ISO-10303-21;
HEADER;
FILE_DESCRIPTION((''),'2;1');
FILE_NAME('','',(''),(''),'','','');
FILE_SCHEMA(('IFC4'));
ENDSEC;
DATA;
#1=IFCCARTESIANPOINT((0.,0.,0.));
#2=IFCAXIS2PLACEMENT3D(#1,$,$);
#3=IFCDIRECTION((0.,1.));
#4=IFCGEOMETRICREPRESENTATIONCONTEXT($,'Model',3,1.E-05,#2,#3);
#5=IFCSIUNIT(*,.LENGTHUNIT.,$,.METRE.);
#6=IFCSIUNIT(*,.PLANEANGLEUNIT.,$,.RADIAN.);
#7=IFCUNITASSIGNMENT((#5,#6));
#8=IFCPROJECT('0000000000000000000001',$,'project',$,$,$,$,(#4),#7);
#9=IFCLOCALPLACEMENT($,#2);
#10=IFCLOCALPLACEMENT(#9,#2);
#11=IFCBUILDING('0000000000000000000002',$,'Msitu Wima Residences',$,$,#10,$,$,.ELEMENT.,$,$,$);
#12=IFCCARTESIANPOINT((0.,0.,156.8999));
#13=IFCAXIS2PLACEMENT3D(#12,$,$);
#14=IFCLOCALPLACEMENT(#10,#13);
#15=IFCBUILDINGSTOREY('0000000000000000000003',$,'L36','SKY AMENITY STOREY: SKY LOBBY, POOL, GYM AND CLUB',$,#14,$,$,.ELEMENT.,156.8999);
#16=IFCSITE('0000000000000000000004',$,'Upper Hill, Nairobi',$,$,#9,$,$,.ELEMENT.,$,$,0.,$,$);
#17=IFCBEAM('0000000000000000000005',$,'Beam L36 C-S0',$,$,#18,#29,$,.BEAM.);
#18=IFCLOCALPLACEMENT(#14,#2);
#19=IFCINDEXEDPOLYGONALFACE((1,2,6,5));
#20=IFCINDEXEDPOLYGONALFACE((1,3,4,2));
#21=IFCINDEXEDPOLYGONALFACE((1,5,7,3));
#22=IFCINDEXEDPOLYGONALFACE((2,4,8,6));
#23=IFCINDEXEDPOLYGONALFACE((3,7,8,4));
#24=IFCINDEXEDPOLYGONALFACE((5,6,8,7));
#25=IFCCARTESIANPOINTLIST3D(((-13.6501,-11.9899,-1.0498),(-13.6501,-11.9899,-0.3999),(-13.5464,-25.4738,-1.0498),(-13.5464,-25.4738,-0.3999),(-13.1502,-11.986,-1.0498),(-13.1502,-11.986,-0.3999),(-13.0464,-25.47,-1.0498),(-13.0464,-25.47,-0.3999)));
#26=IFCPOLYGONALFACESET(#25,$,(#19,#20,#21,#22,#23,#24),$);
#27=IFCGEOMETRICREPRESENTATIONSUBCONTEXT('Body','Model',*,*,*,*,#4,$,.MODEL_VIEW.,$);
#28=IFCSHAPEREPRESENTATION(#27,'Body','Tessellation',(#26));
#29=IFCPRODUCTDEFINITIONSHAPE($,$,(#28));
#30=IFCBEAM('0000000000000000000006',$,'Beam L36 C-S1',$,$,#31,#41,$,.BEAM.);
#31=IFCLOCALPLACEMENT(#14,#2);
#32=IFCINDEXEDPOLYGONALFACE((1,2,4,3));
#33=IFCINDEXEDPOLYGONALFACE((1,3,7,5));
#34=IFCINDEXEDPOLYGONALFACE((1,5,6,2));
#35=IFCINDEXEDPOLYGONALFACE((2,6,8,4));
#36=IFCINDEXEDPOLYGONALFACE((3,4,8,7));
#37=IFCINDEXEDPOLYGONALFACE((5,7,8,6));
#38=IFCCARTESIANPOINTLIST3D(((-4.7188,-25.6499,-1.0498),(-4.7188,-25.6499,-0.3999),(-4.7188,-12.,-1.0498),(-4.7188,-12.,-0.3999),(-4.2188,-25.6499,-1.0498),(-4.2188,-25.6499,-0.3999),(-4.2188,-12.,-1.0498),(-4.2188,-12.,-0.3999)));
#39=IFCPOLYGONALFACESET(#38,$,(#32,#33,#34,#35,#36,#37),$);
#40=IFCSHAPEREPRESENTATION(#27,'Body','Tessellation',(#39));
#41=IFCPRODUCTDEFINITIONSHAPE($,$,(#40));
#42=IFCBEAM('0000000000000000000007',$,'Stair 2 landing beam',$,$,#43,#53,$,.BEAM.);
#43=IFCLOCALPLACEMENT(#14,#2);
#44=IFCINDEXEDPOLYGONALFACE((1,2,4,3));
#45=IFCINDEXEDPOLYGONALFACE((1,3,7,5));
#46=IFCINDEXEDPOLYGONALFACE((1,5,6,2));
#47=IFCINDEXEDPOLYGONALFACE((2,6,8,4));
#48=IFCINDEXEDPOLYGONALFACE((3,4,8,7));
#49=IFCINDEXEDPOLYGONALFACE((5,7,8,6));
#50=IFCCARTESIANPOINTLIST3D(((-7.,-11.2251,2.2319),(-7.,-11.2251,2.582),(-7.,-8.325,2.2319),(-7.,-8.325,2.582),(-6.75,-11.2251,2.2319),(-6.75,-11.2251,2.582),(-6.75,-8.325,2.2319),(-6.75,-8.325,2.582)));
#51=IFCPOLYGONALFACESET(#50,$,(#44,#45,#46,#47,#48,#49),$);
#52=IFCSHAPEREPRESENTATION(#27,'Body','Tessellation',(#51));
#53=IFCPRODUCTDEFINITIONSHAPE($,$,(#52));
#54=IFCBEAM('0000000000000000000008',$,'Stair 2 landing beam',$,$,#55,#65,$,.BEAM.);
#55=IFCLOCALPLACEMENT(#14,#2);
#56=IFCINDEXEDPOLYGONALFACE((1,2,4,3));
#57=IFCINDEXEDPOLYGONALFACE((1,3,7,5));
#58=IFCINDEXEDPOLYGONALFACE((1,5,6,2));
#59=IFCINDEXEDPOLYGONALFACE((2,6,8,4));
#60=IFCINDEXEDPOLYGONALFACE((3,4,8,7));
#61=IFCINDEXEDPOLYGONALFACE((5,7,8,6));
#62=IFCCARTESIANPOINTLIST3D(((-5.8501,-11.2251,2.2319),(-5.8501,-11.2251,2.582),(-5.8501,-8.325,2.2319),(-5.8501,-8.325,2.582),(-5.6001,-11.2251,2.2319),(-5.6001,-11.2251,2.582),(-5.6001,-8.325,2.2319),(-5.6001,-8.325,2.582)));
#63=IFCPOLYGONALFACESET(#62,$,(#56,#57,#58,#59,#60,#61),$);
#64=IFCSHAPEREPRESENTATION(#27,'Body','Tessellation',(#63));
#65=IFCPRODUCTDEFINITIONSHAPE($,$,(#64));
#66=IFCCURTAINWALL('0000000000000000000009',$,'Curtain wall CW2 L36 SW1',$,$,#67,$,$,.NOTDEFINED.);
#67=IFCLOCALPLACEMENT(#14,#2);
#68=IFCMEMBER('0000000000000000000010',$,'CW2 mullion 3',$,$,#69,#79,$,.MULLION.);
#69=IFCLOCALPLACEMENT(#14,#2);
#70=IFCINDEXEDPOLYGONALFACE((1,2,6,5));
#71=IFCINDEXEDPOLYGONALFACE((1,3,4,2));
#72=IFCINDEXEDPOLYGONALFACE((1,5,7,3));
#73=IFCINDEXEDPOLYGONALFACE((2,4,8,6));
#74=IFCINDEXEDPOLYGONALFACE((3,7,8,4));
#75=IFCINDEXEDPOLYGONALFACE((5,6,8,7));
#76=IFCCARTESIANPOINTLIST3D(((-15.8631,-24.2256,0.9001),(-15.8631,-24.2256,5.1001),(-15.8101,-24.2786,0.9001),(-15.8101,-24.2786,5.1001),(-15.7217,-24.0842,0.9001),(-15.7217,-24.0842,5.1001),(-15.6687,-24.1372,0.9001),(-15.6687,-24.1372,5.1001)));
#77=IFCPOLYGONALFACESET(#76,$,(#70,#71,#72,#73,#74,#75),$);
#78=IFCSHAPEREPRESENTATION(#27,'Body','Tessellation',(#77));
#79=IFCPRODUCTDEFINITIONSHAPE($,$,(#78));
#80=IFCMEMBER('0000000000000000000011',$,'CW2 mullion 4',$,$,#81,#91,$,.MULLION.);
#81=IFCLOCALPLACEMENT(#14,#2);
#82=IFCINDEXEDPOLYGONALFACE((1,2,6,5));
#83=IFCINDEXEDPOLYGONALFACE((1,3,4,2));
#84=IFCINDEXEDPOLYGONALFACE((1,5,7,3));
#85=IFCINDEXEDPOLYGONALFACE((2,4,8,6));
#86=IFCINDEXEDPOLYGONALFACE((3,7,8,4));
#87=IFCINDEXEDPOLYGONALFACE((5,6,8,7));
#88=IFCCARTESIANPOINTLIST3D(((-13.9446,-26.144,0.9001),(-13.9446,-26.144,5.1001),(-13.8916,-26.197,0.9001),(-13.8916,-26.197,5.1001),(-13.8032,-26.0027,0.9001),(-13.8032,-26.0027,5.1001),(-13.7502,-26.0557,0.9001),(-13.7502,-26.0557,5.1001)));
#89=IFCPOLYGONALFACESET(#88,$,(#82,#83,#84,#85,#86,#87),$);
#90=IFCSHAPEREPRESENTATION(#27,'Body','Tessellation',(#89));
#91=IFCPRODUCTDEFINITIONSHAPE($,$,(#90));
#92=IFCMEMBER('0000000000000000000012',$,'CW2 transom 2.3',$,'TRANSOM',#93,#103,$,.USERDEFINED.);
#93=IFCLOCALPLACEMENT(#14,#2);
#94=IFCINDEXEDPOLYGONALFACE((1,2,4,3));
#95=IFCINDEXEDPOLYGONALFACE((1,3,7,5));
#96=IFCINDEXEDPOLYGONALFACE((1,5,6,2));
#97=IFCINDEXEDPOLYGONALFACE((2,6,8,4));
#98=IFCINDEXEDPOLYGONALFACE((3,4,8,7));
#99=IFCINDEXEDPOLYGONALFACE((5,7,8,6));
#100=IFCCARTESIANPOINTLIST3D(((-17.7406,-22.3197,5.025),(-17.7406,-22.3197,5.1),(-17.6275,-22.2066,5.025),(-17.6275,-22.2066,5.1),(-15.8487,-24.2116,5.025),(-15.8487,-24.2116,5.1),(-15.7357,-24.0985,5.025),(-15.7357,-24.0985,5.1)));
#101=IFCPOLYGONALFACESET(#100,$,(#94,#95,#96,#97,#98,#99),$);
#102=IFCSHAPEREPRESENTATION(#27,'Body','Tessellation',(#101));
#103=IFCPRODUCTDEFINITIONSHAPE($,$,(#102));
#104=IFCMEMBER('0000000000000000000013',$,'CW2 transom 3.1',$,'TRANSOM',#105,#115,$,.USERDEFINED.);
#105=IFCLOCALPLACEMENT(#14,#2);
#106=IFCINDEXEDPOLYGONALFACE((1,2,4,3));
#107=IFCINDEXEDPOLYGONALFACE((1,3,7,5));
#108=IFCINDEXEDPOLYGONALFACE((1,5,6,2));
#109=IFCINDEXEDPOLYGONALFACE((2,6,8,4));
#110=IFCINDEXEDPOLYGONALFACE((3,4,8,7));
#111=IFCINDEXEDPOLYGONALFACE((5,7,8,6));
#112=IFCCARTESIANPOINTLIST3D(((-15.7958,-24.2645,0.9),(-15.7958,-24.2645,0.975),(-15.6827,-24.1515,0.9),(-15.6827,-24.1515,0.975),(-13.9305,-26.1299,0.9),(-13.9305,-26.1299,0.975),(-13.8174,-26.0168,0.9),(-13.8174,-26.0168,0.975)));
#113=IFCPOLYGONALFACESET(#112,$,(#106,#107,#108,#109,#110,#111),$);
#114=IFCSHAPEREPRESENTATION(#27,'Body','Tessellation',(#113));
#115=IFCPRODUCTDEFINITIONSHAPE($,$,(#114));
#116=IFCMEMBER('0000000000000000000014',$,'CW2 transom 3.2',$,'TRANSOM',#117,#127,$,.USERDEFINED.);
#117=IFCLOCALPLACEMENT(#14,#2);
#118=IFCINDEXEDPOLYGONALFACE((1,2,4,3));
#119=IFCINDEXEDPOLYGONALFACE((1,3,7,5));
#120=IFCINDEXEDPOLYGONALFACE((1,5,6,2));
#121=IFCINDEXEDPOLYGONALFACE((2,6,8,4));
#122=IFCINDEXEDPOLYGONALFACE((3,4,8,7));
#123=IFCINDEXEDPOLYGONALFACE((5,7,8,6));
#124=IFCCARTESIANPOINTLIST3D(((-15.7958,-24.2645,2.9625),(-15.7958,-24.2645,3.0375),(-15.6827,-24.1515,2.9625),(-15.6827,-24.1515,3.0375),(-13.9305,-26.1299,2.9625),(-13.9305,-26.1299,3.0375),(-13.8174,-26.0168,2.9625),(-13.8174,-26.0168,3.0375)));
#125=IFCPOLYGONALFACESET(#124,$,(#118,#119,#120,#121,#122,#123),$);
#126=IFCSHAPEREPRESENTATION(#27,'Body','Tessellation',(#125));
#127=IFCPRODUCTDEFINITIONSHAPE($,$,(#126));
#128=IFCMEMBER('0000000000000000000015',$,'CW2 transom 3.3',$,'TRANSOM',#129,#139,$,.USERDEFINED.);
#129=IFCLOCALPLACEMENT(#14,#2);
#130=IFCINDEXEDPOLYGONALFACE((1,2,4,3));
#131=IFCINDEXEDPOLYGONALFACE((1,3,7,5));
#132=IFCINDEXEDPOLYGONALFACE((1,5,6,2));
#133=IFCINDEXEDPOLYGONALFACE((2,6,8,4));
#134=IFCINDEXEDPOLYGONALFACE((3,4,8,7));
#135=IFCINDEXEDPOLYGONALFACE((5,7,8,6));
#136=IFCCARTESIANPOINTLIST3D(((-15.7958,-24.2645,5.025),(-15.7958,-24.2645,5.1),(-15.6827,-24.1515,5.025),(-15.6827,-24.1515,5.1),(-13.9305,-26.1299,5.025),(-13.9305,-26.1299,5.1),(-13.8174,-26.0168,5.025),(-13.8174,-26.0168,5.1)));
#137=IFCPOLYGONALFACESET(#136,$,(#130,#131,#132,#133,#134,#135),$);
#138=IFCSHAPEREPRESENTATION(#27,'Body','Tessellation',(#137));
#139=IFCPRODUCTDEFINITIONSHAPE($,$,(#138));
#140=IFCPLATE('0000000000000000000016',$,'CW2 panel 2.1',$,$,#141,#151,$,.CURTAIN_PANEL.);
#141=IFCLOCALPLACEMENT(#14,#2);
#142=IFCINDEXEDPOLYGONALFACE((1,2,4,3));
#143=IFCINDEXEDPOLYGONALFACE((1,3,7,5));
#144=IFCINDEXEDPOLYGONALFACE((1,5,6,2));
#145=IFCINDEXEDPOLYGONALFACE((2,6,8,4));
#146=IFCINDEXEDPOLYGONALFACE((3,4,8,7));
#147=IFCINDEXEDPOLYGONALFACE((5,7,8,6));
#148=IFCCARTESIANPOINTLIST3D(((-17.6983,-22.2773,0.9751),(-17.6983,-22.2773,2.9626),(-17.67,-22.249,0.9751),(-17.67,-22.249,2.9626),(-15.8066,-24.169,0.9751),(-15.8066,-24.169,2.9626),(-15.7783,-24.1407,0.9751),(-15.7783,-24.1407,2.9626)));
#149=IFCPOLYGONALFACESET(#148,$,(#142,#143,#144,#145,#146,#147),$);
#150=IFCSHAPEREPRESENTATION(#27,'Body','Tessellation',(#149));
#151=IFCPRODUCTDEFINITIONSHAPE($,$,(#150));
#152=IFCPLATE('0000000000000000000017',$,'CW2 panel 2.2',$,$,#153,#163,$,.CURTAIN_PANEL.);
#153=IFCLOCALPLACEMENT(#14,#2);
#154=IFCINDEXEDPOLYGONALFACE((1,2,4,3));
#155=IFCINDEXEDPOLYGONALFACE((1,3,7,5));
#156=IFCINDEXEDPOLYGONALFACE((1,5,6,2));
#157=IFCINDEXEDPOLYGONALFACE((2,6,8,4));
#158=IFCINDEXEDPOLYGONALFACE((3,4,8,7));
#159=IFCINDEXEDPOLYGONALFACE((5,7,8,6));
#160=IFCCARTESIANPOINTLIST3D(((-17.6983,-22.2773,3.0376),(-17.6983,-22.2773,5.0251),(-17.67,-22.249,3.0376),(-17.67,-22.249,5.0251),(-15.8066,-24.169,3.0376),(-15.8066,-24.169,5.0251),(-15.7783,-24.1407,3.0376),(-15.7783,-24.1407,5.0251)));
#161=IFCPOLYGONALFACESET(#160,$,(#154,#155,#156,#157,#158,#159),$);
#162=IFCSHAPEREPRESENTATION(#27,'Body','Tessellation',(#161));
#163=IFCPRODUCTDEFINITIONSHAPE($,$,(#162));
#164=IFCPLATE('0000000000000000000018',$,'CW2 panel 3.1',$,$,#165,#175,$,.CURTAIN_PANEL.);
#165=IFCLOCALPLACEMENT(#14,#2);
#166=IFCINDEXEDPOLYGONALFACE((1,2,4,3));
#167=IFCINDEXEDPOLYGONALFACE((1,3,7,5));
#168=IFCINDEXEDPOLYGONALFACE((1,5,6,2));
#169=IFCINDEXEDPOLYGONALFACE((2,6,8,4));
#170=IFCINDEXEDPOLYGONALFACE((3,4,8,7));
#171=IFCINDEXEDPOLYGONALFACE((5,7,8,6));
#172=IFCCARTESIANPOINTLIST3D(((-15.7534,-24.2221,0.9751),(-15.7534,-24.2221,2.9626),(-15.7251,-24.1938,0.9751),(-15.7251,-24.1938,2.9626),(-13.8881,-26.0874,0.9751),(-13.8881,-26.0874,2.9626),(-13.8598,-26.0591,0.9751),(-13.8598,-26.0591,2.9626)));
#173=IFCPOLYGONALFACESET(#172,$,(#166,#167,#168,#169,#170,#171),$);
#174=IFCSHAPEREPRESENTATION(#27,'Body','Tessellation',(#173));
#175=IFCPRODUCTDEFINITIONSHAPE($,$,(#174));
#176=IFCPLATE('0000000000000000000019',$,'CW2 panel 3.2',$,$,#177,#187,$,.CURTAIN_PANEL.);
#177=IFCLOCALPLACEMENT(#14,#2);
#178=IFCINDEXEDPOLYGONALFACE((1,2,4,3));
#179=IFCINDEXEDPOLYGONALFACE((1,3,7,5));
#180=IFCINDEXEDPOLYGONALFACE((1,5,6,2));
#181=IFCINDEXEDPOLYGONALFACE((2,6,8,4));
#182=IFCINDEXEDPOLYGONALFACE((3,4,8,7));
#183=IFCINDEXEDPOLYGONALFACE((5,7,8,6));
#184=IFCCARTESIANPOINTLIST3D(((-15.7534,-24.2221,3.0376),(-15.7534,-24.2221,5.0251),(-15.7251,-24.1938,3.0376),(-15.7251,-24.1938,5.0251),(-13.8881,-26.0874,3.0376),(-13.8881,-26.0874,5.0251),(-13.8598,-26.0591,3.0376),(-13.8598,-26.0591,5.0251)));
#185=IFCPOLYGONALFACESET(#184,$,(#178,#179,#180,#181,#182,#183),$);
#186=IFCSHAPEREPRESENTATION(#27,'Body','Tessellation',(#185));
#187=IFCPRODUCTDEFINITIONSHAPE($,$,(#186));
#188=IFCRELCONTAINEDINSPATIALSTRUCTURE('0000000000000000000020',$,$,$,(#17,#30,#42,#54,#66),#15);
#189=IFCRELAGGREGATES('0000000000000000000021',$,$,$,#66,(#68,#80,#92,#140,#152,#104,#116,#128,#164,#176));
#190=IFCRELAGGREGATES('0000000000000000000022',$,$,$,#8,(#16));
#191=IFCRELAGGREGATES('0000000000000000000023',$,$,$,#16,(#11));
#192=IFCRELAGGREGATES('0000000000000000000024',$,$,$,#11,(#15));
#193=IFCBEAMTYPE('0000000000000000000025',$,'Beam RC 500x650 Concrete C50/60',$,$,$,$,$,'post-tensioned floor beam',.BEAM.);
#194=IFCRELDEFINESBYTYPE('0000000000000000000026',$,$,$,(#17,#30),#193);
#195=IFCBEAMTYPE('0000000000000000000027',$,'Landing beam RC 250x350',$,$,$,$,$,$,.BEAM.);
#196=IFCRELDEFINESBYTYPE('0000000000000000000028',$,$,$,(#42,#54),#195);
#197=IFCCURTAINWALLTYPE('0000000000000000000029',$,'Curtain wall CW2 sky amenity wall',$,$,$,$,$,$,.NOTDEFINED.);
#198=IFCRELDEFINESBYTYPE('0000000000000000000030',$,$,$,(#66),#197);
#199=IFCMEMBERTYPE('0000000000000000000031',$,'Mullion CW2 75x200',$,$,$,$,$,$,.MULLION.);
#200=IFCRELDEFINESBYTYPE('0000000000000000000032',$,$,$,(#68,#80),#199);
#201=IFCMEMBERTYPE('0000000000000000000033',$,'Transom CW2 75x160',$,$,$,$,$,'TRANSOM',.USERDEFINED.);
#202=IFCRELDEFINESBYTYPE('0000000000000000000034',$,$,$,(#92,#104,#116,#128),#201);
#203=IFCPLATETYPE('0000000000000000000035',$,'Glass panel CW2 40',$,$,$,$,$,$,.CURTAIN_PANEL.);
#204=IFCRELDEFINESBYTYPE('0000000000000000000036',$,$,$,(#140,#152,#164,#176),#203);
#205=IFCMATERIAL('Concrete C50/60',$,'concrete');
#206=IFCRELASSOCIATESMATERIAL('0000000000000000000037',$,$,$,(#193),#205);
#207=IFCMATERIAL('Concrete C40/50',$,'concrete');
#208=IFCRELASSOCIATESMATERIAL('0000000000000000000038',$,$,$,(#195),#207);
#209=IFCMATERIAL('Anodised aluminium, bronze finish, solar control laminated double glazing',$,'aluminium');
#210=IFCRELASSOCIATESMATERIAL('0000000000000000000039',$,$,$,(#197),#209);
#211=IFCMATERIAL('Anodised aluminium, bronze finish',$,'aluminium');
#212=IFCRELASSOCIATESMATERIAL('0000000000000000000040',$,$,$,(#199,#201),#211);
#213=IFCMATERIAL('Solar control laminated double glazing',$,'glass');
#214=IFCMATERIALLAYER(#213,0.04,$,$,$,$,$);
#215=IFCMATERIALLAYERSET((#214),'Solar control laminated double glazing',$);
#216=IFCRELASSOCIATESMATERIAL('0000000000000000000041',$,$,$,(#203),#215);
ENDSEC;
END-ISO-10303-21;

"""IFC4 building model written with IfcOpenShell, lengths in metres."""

from ifc_helpers import new_model, si_unit, direction, frame, origin, origin_2d, place, context, subcontext, project, spatial, rectangle, extrude, material, layer, layer_set, material_profile, profile_set, type_object, element, aggregate, save


model = new_model("IFC4")

# Units and contexts
model_context = context("Model", 3, precision=1e-05, world=origin(), true_north=direction((0.0, 1.0)))
body_context = subcontext(model_context, "Body", "Model", "MODEL_VIEW")
ifc_project = project(units=[si_unit("LENGTHUNIT", "METRE"), si_unit("PLANEANGLEUNIT", "RADIAN")], contexts=[model_context])

# Site, building, storey
site_placement = place(None, origin())
site = spatial("IfcSite", under=ifc_project, at=site_placement, Name="Upper Hill, Nairobi", CompositionType="ELEMENT", RefElevation=0.0)
building_placement = place(site_placement, origin())
building = spatial("IfcBuilding", under=site, at=building_placement, Name="Msitu Wima Residences", CompositionType="ELEMENT")
storey_placement = place(building_placement, frame((0.0, 0.0, 156.8999)))
storey = spatial("IfcBuildingStorey", under=building, at=storey_placement, Name="L36", Description="SKY AMENITY STOREY: SKY LOBBY, POOL, GYM AND CLUB", CompositionType="ELEMENT", Elevation=156.8999)

# Beams
ifc_material_1 = material(Name="Concrete C50/60", Category="concrete")
ifc_material_profile_1 = material_profile(ifc_material_1, rectangle(XDim=0.5, YDim=0.6499, at=origin_2d()), Name="RC 500x650")
ifc_profile_set_1 = profile_set([ifc_material_profile_1], Name="Concrete C50/60")
beam_type_1 = type_object("IfcBeamType", Name="Beam RC 500x650 Concrete C50/60", ElementType="post-tensioned floor beam", PredefinedType="BEAM", material=ifc_profile_set_1)
beam_1_placement = place(storey_placement, frame((-13.2964, -25.4719, -0.7249), z_axis=(-0.007695, 0.99997, 0.0), x_axis=(-0.99997, -0.007695, 0.0)))
element("IfcBeam", 1, at=beam_1_placement, inside=storey, type_object=beam_type_1, Name="Beam L36 C-S0", PredefinedType="BEAM", context=body_context, shape_type="SweptSolid", body=[
    extrude(rectangle(XDim=0.5, YDim=0.6499, at=origin_2d()), origin(), (0.0, 0.0, 1.0), 13.4844),
])
beam_2_placement = place(storey_placement, frame((-4.4688, -25.6499, -0.7249), z_axis=(0.0, 1.0, 0.0), x_axis=(-1.0, 0.0, 0.0)))
element("IfcBeam", 2, at=beam_2_placement, inside=storey, type_object=beam_type_1, Name="Beam L36 C-S1", PredefinedType="BEAM", context=body_context, shape_type="SweptSolid", body=[
    extrude(rectangle(XDim=0.5, YDim=0.6499, at=origin_2d()), origin(), (0.0, 0.0, 1.0), 13.6499),
])
ifc_material_2 = material(Name="Concrete C40/50", Category="concrete")
ifc_material_profile_2 = material_profile(ifc_material_2, rectangle(XDim=0.25, YDim=0.3501, at=origin_2d()), Name="RC 250x350")
ifc_profile_set_2 = profile_set([ifc_material_profile_2], Name="Concrete C40/50")
beam_type_2 = type_object("IfcBeamType", Name="Landing beam RC 250x350", PredefinedType="BEAM", material=ifc_profile_set_2)
for number, where, z_axis, x_axis, name in (
    (3, (-6.875, -11.2251, 2.407), (0.0, 1.0, 0.0), (-1.0, 0.0, 0.0), "Stair 2 landing beam"),
    (4, (-5.7251, -11.2251, 2.407), (0.0, 1.0, 0.0), (-1.0, 0.0, 0.0), "Stair 2 landing beam"),
):
    element("IfcBeam", number, at=place(storey_placement, frame(where, z_axis=z_axis, x_axis=x_axis)), inside=storey, type_object=beam_type_2, Name=name, PredefinedType="BEAM", context=body_context, shape_type="SweptSolid", body=[
        extrude(rectangle(XDim=0.25, YDim=0.3501, at=origin_2d()), origin(), (0.0, 0.0, 1.0), 2.9001),
    ])

# Curtain wall, members, plates
ifc_material_3 = material(Name="Anodised aluminium, bronze finish, solar control laminated double glazing", Category="aluminium")
curtain_wall_type = type_object("IfcCurtainWallType", Name="Curtain wall CW2 sky amenity wall", PredefinedType="NOTDEFINED", material=ifc_material_3)
curtain_wall_placement = place(storey_placement, origin())
curtain_wall = element("IfcCurtainWall", 5, at=curtain_wall_placement, inside=storey, type_object=curtain_wall_type, Name="Curtain wall CW2 L36 SW1", PredefinedType="NOTDEFINED")
ifc_material_4 = material(Name="Anodised aluminium, bronze finish", Category="aluminium")
ifc_material_profile_3 = material_profile(ifc_material_4, rectangle(XDim=0.2, YDim=0.075, at=origin_2d()), Name="Mullion 75x200")
ifc_profile_set_3 = profile_set([ifc_material_profile_3], Name="Anodised aluminium, bronze finish")
member_type_1 = type_object("IfcMemberType", Name="Mullion CW2 75x200", PredefinedType="MULLION", material=ifc_profile_set_3)
member_1_placement = place(storey_placement, frame((-15.7659, -24.1814, 0.9001), z_axis=(0.0, 0.0, 1.0), x_axis=(0.707107, 0.707107, 0.0)))
member_1 = element("IfcMember", 6, at=member_1_placement, type_object=member_type_1, Name="CW2 mullion 3", PredefinedType="MULLION", context=body_context, shape_type="SweptSolid", body=[
    extrude(rectangle(XDim=0.2, YDim=0.075, at=origin_2d()), origin(), (0.0, 0.0, 1.0), 4.2),
])
member_2_placement = place(storey_placement, frame((-13.8474, -26.0999, 0.9001), z_axis=(0.0, 0.0, 1.0), x_axis=(0.707107, 0.707107, 0.0)))
member_2 = element("IfcMember", 7, at=member_2_placement, type_object=member_type_1, Name="CW2 mullion 4", PredefinedType="MULLION", context=body_context, shape_type="SweptSolid", body=[
    extrude(rectangle(XDim=0.2, YDim=0.075, at=origin_2d()), origin(), (0.0, 0.0, 1.0), 4.2),
])
ifc_material_profile_4 = material_profile(ifc_material_4, rectangle(XDim=0.1599, YDim=0.075, at=origin_2d()), Name="Transom 75x160")
ifc_profile_set_4 = profile_set([ifc_material_profile_4], Name="Anodised aluminium, bronze finish")
member_type_2 = type_object("IfcMemberType", Name="Transom CW2 75x160", ElementType="TRANSOM", PredefinedType="USERDEFINED", material=ifc_profile_set_4)
member_3_placement = place(storey_placement, frame((-17.6841, -22.2632, 5.0625), z_axis=(0.707107, -0.707107, 0.0), x_axis=(0.707107, 0.707107, 0.0)))
member_3 = element("IfcMember", 8, at=member_3_placement, type_object=member_type_2, Name="CW2 transom 2.3", ObjectType="TRANSOM", PredefinedType="USERDEFINED", context=body_context, shape_type="SweptSolid", body=[
    extrude(rectangle(XDim=0.1599, YDim=0.075, at=origin_2d()), origin(), (0.0, 0.0, 1.0), 2.6755),
])
member_4_placement = place(storey_placement, frame((-15.7393, -24.208, 0.9375), z_axis=(0.707107, -0.707107, 0.0), x_axis=(0.707107, 0.707107, 0.0)))
member_4 = element("IfcMember", 9, at=member_4_placement, type_object=member_type_2, Name="CW2 transom 3.1", ObjectType="TRANSOM", PredefinedType="USERDEFINED", context=body_context, shape_type="SweptSolid", body=[
    extrude(rectangle(XDim=0.1599, YDim=0.075, at=origin_2d()), origin(), (0.0, 0.0, 1.0), 2.6379),
])
member_5_placement = place(storey_placement, frame((-15.7393, -24.208, 3.0), z_axis=(0.707107, -0.707107, 0.0), x_axis=(0.707107, 0.707107, 0.0)))
member_5 = element("IfcMember", 10, at=member_5_placement, type_object=member_type_2, Name="CW2 transom 3.2", ObjectType="TRANSOM", PredefinedType="USERDEFINED", context=body_context, shape_type="SweptSolid", body=[
    extrude(rectangle(XDim=0.1599, YDim=0.075, at=origin_2d()), origin(), (0.0, 0.0, 1.0), 2.6379),
])
member_6_placement = place(storey_placement, frame((-15.7393, -24.208, 5.0625), z_axis=(0.707107, -0.707107, 0.0), x_axis=(0.707107, 0.707107, 0.0)))
member_6 = element("IfcMember", 11, at=member_6_placement, type_object=member_type_2, Name="CW2 transom 3.3", ObjectType="TRANSOM", PredefinedType="USERDEFINED", context=body_context, shape_type="SweptSolid", body=[
    extrude(rectangle(XDim=0.1599, YDim=0.075, at=origin_2d()), origin(), (0.0, 0.0, 1.0), 2.6379),
])
ifc_material_5 = material(Name="Solar control laminated double glazing", Category="glass")
ifc_layer_1 = layer(ifc_material_5, 0.04)
ifc_layer_set_1 = layer_set([ifc_layer_1], Name="Solar control laminated double glazing")
plate_type = type_object("IfcPlateType", Name="Glass panel CW2 40", PredefinedType="CURTAIN_PANEL", material=ifc_layer_set_1)
plate_1_placement = place(storey_placement, frame((-16.7383, -23.209, 0.9751), z_axis=(0.0, 0.0, 1.0), x_axis=(0.707107, -0.707107, 0.0)))
plate_1 = element("IfcPlate", 12, at=plate_1_placement, type_object=plate_type, Name="CW2 panel 2.1", PredefinedType="CURTAIN_PANEL", context=body_context, shape_type="SweptSolid", body=[
    extrude(rectangle(XDim=2.6753, YDim=0.04, at=origin_2d()), origin(), (0.0, 0.0, 1.0), 1.9875),
])
plate_2_placement = place(storey_placement, frame((-16.7383, -23.209, 3.0376), z_axis=(0.0, 0.0, 1.0), x_axis=(0.707107, -0.707107, 0.0)))
plate_2 = element("IfcPlate", 13, at=plate_2_placement, type_object=plate_type, Name="CW2 panel 2.2", PredefinedType="CURTAIN_PANEL", context=body_context, shape_type="SweptSolid", body=[
    extrude(rectangle(XDim=2.6753, YDim=0.04, at=origin_2d()), origin(), (0.0, 0.0, 1.0), 1.9875),
])
plate_3_placement = place(storey_placement, frame((-14.8066, -25.1406, 0.9751), z_axis=(0.0, 0.0, 1.0), x_axis=(0.707107, -0.707107, 0.0)))
plate_3 = element("IfcPlate", 14, at=plate_3_placement, type_object=plate_type, Name="CW2 panel 3.1", PredefinedType="CURTAIN_PANEL", context=body_context, shape_type="SweptSolid", body=[
    extrude(rectangle(XDim=2.6379, YDim=0.04, at=origin_2d()), origin(), (0.0, 0.0, 1.0), 1.9875),
])
plate_4_placement = place(storey_placement, frame((-14.8066, -25.1406, 3.0376), z_axis=(0.0, 0.0, 1.0), x_axis=(0.707107, -0.707107, 0.0)))
plate_4 = element("IfcPlate", 15, at=plate_4_placement, type_object=plate_type, Name="CW2 panel 3.2", PredefinedType="CURTAIN_PANEL", context=body_context, shape_type="SweptSolid", body=[
    extrude(rectangle(XDim=2.6379, YDim=0.04, at=origin_2d()), origin(), (0.0, 0.0, 1.0), 1.9875),
])
aggregate(curtain_wall, [member_1, member_2, member_3, plate_1, plate_2, member_4, member_5, member_6, plate_3, plate_4])

save(model, "model.ifc")
